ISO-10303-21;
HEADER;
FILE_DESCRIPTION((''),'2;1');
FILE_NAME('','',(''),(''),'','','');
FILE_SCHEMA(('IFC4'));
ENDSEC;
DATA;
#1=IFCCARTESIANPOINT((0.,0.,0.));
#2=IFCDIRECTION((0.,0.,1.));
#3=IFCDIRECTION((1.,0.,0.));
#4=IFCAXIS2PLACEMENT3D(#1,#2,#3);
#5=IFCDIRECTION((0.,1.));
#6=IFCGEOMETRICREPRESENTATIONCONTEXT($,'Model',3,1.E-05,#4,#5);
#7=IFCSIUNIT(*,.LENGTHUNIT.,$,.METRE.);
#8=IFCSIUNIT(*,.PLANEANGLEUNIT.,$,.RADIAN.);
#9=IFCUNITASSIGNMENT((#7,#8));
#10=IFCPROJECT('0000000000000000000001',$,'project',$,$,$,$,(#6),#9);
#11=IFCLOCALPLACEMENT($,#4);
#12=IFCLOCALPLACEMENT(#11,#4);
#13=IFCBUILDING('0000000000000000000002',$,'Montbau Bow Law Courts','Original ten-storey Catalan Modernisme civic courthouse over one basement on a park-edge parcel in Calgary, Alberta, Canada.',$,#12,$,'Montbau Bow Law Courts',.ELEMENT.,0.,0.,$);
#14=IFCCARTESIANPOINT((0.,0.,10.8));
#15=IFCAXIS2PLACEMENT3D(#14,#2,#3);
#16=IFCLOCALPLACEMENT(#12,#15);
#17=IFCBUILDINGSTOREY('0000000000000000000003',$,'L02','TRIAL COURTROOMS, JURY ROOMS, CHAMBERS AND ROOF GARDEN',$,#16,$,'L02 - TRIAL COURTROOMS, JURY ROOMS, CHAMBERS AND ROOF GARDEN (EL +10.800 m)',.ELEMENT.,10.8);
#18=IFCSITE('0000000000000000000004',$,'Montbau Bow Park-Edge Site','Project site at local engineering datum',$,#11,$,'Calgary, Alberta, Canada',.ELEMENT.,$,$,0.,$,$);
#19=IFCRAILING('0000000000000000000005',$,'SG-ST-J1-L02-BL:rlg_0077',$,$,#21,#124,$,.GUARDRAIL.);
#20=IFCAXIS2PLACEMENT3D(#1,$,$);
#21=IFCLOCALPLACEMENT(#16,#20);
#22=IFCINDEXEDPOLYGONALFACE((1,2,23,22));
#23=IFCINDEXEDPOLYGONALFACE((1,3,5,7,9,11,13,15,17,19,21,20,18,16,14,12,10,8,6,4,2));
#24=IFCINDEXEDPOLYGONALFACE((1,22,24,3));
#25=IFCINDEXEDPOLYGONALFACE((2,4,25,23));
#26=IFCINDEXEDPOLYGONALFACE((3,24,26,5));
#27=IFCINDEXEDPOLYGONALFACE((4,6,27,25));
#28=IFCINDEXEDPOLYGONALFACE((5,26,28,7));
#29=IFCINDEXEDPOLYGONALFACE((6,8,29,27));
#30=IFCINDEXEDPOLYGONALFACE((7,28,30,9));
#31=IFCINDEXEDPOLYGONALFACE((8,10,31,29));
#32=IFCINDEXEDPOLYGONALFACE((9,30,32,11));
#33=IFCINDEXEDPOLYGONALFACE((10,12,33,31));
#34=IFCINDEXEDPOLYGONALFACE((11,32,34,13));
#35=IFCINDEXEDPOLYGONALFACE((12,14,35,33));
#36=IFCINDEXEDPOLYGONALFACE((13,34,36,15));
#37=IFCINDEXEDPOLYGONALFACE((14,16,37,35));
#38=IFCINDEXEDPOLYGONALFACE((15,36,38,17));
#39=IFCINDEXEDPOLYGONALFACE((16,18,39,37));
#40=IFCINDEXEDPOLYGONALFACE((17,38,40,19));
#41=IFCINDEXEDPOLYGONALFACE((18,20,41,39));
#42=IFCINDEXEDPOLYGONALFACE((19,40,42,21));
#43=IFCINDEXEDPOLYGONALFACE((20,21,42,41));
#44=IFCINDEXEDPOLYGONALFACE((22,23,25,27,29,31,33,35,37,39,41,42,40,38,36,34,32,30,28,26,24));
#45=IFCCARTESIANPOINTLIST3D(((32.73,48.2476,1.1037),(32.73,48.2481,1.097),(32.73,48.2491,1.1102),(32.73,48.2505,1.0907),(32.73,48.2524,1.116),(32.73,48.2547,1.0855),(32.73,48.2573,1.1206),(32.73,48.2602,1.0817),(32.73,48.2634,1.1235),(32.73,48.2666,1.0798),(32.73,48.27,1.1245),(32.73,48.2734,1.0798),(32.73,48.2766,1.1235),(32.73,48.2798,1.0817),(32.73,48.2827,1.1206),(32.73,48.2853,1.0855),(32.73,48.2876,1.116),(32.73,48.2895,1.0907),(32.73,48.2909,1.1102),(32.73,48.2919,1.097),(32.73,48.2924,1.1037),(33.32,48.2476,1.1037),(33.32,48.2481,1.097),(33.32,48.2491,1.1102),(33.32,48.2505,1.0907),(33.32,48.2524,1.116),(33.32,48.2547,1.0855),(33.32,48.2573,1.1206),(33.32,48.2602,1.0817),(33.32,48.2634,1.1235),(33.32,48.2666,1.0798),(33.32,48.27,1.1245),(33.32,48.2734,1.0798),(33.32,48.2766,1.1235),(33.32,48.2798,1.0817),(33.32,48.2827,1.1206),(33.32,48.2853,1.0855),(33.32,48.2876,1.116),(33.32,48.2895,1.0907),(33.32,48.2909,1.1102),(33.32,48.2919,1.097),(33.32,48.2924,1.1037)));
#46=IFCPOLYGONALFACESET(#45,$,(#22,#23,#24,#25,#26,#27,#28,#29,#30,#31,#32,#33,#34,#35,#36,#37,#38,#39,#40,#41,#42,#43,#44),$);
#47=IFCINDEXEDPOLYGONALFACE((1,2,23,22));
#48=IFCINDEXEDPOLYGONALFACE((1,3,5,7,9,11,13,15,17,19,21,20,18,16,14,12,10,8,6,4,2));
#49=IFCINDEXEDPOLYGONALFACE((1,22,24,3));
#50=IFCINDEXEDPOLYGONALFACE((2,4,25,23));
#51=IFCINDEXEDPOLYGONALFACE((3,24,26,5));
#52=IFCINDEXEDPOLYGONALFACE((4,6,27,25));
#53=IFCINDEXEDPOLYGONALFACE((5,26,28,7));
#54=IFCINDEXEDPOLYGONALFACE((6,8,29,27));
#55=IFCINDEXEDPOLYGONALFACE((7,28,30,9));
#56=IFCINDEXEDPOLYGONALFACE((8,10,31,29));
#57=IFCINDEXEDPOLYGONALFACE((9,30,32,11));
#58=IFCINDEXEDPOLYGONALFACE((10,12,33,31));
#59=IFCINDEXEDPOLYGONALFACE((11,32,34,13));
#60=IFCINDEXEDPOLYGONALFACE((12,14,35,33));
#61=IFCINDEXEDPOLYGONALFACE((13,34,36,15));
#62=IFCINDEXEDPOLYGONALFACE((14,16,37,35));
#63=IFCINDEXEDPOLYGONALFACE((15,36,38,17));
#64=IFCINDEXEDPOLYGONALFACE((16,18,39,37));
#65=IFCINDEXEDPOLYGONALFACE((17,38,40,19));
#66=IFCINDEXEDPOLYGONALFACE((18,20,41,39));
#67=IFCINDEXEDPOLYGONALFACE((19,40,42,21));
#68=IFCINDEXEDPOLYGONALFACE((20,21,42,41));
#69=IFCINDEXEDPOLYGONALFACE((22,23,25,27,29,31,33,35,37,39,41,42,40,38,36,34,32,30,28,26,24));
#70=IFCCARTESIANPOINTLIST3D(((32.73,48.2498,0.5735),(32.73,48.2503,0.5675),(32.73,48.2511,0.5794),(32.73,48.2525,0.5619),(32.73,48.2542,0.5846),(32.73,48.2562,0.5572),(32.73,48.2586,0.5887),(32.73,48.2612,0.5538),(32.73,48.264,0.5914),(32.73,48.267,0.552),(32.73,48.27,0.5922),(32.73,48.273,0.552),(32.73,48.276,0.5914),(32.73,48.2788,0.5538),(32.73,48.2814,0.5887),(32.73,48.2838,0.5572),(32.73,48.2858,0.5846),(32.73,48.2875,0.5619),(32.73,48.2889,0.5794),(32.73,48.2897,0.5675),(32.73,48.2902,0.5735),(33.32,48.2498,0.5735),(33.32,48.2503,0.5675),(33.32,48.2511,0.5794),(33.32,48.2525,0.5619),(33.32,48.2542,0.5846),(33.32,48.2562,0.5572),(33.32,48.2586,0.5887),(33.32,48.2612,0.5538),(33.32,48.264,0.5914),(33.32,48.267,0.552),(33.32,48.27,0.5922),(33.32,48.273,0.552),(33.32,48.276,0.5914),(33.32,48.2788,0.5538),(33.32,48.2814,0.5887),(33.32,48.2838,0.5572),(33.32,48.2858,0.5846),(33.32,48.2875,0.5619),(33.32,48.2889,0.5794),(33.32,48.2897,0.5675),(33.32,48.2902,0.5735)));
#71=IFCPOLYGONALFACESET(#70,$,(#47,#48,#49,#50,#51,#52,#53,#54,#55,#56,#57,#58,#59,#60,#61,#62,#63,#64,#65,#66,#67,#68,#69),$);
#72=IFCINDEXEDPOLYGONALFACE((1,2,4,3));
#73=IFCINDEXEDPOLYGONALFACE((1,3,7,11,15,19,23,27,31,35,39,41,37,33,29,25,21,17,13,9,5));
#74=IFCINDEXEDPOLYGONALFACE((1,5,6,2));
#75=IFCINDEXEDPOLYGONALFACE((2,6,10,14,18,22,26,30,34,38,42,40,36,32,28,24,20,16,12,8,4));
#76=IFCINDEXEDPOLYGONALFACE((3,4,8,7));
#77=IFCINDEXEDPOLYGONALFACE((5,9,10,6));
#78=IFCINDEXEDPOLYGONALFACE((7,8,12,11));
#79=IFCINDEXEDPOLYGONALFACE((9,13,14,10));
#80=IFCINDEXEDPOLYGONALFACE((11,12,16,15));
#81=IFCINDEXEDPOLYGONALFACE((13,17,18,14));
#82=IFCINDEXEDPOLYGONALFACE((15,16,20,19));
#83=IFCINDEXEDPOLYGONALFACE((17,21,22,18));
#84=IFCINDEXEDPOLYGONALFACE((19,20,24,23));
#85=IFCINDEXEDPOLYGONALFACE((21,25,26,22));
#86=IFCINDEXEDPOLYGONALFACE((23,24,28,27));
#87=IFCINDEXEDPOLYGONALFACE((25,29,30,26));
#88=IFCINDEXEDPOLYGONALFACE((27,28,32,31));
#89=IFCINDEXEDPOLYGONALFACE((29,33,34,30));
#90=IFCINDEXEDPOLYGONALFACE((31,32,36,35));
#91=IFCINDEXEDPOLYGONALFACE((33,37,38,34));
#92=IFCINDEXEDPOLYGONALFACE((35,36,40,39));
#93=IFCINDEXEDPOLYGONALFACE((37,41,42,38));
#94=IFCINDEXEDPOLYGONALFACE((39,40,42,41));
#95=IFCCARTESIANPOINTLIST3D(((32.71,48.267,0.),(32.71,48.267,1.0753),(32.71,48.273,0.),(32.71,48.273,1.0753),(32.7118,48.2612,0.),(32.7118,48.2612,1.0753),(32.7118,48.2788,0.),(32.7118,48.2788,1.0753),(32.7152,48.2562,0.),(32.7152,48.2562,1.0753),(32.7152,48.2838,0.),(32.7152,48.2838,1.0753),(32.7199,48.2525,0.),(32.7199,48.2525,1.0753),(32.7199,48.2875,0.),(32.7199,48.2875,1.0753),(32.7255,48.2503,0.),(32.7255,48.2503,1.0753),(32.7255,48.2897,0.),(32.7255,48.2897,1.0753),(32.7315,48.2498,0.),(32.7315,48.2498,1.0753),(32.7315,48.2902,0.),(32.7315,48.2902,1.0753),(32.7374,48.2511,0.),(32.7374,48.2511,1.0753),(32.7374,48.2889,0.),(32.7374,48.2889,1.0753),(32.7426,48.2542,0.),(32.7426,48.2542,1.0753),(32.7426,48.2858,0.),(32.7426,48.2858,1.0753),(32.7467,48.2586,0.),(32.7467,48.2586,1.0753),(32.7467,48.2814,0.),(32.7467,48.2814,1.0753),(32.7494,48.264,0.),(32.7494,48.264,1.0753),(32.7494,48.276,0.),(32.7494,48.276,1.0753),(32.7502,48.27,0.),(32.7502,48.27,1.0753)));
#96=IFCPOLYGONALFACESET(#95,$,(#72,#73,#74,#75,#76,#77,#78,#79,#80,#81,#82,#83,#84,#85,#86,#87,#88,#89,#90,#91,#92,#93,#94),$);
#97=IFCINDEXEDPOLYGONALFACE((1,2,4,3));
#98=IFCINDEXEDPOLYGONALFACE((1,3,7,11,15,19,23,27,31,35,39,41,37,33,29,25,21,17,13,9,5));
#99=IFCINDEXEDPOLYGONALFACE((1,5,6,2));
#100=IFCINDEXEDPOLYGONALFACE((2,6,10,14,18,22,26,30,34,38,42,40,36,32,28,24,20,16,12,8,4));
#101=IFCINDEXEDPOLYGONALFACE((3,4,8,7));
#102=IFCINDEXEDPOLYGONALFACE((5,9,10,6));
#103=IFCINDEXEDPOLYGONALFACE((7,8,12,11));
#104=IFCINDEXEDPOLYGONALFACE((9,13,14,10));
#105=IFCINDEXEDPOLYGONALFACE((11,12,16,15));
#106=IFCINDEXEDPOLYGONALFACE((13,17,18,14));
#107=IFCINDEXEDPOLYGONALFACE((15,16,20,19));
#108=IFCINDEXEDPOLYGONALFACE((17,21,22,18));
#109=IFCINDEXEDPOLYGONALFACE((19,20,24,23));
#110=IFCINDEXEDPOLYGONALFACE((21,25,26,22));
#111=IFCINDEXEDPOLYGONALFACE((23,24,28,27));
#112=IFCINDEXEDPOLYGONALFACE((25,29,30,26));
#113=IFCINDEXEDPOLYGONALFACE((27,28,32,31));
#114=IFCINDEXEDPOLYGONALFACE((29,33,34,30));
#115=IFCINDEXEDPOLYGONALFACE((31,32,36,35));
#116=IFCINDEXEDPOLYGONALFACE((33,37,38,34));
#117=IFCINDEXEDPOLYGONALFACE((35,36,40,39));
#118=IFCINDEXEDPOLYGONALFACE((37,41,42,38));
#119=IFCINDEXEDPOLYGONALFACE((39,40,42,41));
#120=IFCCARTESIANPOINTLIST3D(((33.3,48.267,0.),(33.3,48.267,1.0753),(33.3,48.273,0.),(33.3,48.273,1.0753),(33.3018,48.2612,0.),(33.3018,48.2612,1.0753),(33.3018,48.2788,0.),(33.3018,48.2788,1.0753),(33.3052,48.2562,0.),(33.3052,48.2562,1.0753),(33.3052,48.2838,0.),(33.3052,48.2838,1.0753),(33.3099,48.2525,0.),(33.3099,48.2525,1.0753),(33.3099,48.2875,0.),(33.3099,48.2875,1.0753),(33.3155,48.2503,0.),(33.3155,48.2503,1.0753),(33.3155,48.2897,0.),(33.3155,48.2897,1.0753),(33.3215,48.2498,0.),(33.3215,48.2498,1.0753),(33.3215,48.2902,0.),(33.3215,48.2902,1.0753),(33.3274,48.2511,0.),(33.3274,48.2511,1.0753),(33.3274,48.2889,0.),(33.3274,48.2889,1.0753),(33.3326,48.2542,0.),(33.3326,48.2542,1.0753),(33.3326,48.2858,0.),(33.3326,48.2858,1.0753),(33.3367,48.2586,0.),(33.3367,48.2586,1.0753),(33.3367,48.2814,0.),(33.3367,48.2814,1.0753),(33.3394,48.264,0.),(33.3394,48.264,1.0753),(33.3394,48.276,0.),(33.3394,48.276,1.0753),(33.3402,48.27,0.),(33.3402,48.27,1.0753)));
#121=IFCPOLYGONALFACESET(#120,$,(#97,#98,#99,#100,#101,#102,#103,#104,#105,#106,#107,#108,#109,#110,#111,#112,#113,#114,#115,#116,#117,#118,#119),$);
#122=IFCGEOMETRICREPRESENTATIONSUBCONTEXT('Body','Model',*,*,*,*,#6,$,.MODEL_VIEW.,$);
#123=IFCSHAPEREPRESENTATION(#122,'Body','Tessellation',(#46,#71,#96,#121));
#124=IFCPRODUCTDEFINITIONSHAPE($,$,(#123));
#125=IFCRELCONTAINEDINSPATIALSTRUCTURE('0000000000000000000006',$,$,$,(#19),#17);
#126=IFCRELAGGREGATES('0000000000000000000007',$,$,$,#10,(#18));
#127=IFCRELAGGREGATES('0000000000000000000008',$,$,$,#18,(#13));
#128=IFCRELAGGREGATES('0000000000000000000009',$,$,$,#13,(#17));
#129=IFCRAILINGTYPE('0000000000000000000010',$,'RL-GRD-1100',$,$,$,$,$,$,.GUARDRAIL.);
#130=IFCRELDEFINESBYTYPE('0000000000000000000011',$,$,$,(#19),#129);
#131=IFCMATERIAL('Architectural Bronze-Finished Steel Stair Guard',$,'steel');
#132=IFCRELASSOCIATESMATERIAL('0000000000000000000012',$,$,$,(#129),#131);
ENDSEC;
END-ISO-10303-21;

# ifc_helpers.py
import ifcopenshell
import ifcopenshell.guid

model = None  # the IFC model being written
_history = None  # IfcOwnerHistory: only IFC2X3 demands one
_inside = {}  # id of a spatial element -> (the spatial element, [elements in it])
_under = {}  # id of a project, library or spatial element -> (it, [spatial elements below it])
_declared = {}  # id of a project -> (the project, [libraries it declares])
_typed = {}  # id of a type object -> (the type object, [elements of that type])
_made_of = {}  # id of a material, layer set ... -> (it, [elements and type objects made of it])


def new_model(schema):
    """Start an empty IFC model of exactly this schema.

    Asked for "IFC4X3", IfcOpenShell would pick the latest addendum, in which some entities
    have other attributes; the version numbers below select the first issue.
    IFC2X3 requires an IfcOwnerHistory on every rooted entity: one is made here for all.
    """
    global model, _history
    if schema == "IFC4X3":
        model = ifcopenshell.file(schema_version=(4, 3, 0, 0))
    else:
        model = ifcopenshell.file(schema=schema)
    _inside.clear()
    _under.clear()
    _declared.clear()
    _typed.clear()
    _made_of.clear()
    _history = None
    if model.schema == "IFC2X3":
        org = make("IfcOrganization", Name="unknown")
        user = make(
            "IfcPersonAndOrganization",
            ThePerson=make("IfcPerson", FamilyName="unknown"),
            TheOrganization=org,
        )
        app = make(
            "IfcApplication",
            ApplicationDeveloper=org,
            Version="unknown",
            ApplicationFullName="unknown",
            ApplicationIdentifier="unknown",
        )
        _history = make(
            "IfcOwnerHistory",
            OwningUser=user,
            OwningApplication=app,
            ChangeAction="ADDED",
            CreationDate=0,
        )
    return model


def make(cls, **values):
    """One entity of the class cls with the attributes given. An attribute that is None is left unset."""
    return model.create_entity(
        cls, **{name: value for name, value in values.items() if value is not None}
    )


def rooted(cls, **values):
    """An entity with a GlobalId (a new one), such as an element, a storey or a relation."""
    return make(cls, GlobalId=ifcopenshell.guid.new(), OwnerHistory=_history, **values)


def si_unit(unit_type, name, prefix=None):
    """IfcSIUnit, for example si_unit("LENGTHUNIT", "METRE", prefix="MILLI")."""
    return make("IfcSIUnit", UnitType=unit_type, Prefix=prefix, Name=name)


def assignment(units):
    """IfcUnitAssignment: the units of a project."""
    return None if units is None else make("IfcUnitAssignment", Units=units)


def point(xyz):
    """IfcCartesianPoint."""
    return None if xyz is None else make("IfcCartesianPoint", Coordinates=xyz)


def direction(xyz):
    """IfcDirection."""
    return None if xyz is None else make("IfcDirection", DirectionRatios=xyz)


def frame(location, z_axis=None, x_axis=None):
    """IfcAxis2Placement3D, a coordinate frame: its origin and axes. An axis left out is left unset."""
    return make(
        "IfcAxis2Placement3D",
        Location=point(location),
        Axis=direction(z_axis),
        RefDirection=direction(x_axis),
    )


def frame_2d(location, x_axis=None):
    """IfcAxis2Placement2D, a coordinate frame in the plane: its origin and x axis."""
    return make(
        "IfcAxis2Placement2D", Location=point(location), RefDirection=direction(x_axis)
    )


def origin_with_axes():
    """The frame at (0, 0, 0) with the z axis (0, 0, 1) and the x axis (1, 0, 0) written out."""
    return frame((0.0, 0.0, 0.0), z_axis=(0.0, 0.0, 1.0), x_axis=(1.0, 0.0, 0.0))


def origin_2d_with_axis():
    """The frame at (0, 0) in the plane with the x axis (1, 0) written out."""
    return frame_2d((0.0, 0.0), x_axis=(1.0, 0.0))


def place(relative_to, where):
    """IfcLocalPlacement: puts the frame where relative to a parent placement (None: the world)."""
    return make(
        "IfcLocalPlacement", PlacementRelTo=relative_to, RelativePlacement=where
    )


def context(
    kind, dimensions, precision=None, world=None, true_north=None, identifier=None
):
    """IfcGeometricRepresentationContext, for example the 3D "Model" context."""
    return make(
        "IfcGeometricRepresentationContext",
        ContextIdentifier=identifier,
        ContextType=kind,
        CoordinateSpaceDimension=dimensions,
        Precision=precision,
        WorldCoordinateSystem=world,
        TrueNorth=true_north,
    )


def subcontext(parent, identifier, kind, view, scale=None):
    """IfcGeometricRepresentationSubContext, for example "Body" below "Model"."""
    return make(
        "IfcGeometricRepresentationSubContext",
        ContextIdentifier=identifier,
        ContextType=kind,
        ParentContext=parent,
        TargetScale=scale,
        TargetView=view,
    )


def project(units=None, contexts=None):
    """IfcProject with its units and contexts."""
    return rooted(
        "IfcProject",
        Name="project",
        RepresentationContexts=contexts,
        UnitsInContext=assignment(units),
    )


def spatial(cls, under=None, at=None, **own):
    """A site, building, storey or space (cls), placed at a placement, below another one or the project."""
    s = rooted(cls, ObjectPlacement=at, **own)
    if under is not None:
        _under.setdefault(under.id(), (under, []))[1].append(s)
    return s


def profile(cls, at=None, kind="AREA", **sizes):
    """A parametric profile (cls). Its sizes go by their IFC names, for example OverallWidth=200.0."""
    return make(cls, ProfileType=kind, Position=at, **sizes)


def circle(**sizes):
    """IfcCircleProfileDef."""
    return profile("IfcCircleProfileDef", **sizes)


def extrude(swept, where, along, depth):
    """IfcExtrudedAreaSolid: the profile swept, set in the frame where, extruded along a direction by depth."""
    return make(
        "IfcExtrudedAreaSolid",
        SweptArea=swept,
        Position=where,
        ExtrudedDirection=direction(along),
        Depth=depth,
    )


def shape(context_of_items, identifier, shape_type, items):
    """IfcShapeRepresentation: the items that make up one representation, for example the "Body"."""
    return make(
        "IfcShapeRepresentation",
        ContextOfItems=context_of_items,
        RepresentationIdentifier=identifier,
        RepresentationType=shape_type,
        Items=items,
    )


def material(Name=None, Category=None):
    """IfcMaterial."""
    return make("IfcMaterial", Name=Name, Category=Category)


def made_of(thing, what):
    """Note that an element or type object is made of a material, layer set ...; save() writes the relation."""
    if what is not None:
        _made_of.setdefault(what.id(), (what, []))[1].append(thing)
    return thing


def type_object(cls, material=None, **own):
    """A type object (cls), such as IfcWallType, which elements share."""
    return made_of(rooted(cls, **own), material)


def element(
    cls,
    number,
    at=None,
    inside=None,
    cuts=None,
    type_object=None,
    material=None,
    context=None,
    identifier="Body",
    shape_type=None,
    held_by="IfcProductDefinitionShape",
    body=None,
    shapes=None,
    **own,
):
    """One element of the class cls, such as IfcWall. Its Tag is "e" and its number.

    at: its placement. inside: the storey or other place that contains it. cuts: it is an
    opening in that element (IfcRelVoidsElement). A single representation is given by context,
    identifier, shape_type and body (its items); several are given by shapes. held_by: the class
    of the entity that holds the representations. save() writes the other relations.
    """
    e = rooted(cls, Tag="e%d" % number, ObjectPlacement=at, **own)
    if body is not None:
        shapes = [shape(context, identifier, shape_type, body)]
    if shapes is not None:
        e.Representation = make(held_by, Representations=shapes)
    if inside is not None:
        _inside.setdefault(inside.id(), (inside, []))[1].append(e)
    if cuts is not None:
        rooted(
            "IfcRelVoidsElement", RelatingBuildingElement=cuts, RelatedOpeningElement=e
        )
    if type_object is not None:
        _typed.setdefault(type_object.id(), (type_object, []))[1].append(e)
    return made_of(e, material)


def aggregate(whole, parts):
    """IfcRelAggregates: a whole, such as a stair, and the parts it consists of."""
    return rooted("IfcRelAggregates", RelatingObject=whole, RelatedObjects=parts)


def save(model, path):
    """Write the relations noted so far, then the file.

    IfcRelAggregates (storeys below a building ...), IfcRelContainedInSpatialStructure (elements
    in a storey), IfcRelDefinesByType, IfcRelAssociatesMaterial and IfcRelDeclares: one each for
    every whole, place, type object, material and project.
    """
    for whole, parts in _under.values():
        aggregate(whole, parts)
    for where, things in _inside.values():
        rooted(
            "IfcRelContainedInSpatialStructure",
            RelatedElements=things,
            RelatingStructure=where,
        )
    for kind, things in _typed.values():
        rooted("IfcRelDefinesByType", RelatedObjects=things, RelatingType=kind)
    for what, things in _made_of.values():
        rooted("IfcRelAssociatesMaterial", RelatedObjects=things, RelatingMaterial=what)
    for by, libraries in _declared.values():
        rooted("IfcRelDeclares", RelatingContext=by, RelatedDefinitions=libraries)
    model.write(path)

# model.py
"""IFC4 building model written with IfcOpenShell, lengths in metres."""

from ifc_helpers import new_model, si_unit, direction, frame, origin_with_axes, origin_2d_with_axis, place, context, subcontext, project, spatial, circle, extrude, material, type_object, element, save


model = new_model("IFC4")

# Units and contexts
model_context = context("Model", 3, precision=1e-05, world=origin_with_axes(), true_north=direction((0.0, 1.0)))
body_context = subcontext(model_context, "Body", "Model", "MODEL_VIEW")
ifc_project = project(units=[si_unit("LENGTHUNIT", "METRE"), si_unit("PLANEANGLEUNIT", "RADIAN")], contexts=[model_context])

# Site, building, storey
site_placement = place(None, origin_with_axes())
site = spatial("IfcSite", under=ifc_project, at=site_placement, Name="Montbau Bow Park-Edge Site", Description="Project site at local engineering datum", LongName="Calgary, Alberta, Canada", CompositionType="ELEMENT", RefElevation=0.0)
building_placement = place(site_placement, origin_with_axes())
building = spatial("IfcBuilding", under=site, at=building_placement, Name="Montbau Bow Law Courts", Description="Original ten-storey Catalan Modernisme civic courthouse over one basement on a park-edge parcel in Calgary, Alberta, Canada.", LongName="Montbau Bow Law Courts", CompositionType="ELEMENT", ElevationOfRefHeight=0.0, ElevationOfTerrain=0.0)
storey_placement = place(building_placement, frame((0.0, 0.0, 10.8), z_axis=(0.0, 0.0, 1.0), x_axis=(1.0, 0.0, 0.0)))
storey = spatial("IfcBuildingStorey", under=building, at=storey_placement, Name="L02", Description="TRIAL COURTROOMS, JURY ROOMS, CHAMBERS AND ROOF GARDEN", LongName="L02 - TRIAL COURTROOMS, JURY ROOMS, CHAMBERS AND ROOF GARDEN (EL +10.800 m)", CompositionType="ELEMENT", Elevation=10.8)

# Railing
ifc_material_1 = material(Name="Architectural Bronze-Finished Steel Stair Guard", Category="steel")
railing_type_1 = type_object("IfcRailingType", Name="RL-GRD-1100", PredefinedType="GUARDRAIL", material=ifc_material_1)
railing_1_placement = place(None, origin_with_axes())
element("IfcRailing", 1, at=railing_1_placement, inside=storey, type_object=railing_type_1, Name="SG-ST-J1-L02-BL:rlg_0077", PredefinedType="GUARDRAIL", context=body_context, shape_type="SweptSolid", body=[
    extrude(circle(Radius=0.0225, at=origin_2d_with_axis()), frame((32.73, 48.27, 11.902), z_axis=(1.0, 0.0, 0.0), x_axis=(0.0, 0.0, 1.0)), (0.0, 0.0, 1.0), 0.59),
    extrude(circle(Radius=0.0203, at=origin_2d_with_axis()), frame((32.73, 48.27, 11.372), z_axis=(1.0, 0.0, 0.0), x_axis=(0.0, 0.0, 1.0)), (0.0, 0.0, 1.0), 0.59),
    extrude(circle(Radius=0.0203, at=origin_2d_with_axis()), frame((32.73, 48.27, 10.8), z_axis=(0.0, 0.0, 1.0), x_axis=(1.0, 0.0, 0.0)), (0.0, 0.0, 1.0), 1.0753),
    extrude(circle(Radius=0.0203, at=origin_2d_with_axis()), frame((33.32, 48.27, 10.8), z_axis=(0.0, 0.0, 1.0), x_axis=(1.0, 0.0, 0.0)), (0.0, 0.0, 1.0), 1.0753),
])

save(model, "model.ifc")
